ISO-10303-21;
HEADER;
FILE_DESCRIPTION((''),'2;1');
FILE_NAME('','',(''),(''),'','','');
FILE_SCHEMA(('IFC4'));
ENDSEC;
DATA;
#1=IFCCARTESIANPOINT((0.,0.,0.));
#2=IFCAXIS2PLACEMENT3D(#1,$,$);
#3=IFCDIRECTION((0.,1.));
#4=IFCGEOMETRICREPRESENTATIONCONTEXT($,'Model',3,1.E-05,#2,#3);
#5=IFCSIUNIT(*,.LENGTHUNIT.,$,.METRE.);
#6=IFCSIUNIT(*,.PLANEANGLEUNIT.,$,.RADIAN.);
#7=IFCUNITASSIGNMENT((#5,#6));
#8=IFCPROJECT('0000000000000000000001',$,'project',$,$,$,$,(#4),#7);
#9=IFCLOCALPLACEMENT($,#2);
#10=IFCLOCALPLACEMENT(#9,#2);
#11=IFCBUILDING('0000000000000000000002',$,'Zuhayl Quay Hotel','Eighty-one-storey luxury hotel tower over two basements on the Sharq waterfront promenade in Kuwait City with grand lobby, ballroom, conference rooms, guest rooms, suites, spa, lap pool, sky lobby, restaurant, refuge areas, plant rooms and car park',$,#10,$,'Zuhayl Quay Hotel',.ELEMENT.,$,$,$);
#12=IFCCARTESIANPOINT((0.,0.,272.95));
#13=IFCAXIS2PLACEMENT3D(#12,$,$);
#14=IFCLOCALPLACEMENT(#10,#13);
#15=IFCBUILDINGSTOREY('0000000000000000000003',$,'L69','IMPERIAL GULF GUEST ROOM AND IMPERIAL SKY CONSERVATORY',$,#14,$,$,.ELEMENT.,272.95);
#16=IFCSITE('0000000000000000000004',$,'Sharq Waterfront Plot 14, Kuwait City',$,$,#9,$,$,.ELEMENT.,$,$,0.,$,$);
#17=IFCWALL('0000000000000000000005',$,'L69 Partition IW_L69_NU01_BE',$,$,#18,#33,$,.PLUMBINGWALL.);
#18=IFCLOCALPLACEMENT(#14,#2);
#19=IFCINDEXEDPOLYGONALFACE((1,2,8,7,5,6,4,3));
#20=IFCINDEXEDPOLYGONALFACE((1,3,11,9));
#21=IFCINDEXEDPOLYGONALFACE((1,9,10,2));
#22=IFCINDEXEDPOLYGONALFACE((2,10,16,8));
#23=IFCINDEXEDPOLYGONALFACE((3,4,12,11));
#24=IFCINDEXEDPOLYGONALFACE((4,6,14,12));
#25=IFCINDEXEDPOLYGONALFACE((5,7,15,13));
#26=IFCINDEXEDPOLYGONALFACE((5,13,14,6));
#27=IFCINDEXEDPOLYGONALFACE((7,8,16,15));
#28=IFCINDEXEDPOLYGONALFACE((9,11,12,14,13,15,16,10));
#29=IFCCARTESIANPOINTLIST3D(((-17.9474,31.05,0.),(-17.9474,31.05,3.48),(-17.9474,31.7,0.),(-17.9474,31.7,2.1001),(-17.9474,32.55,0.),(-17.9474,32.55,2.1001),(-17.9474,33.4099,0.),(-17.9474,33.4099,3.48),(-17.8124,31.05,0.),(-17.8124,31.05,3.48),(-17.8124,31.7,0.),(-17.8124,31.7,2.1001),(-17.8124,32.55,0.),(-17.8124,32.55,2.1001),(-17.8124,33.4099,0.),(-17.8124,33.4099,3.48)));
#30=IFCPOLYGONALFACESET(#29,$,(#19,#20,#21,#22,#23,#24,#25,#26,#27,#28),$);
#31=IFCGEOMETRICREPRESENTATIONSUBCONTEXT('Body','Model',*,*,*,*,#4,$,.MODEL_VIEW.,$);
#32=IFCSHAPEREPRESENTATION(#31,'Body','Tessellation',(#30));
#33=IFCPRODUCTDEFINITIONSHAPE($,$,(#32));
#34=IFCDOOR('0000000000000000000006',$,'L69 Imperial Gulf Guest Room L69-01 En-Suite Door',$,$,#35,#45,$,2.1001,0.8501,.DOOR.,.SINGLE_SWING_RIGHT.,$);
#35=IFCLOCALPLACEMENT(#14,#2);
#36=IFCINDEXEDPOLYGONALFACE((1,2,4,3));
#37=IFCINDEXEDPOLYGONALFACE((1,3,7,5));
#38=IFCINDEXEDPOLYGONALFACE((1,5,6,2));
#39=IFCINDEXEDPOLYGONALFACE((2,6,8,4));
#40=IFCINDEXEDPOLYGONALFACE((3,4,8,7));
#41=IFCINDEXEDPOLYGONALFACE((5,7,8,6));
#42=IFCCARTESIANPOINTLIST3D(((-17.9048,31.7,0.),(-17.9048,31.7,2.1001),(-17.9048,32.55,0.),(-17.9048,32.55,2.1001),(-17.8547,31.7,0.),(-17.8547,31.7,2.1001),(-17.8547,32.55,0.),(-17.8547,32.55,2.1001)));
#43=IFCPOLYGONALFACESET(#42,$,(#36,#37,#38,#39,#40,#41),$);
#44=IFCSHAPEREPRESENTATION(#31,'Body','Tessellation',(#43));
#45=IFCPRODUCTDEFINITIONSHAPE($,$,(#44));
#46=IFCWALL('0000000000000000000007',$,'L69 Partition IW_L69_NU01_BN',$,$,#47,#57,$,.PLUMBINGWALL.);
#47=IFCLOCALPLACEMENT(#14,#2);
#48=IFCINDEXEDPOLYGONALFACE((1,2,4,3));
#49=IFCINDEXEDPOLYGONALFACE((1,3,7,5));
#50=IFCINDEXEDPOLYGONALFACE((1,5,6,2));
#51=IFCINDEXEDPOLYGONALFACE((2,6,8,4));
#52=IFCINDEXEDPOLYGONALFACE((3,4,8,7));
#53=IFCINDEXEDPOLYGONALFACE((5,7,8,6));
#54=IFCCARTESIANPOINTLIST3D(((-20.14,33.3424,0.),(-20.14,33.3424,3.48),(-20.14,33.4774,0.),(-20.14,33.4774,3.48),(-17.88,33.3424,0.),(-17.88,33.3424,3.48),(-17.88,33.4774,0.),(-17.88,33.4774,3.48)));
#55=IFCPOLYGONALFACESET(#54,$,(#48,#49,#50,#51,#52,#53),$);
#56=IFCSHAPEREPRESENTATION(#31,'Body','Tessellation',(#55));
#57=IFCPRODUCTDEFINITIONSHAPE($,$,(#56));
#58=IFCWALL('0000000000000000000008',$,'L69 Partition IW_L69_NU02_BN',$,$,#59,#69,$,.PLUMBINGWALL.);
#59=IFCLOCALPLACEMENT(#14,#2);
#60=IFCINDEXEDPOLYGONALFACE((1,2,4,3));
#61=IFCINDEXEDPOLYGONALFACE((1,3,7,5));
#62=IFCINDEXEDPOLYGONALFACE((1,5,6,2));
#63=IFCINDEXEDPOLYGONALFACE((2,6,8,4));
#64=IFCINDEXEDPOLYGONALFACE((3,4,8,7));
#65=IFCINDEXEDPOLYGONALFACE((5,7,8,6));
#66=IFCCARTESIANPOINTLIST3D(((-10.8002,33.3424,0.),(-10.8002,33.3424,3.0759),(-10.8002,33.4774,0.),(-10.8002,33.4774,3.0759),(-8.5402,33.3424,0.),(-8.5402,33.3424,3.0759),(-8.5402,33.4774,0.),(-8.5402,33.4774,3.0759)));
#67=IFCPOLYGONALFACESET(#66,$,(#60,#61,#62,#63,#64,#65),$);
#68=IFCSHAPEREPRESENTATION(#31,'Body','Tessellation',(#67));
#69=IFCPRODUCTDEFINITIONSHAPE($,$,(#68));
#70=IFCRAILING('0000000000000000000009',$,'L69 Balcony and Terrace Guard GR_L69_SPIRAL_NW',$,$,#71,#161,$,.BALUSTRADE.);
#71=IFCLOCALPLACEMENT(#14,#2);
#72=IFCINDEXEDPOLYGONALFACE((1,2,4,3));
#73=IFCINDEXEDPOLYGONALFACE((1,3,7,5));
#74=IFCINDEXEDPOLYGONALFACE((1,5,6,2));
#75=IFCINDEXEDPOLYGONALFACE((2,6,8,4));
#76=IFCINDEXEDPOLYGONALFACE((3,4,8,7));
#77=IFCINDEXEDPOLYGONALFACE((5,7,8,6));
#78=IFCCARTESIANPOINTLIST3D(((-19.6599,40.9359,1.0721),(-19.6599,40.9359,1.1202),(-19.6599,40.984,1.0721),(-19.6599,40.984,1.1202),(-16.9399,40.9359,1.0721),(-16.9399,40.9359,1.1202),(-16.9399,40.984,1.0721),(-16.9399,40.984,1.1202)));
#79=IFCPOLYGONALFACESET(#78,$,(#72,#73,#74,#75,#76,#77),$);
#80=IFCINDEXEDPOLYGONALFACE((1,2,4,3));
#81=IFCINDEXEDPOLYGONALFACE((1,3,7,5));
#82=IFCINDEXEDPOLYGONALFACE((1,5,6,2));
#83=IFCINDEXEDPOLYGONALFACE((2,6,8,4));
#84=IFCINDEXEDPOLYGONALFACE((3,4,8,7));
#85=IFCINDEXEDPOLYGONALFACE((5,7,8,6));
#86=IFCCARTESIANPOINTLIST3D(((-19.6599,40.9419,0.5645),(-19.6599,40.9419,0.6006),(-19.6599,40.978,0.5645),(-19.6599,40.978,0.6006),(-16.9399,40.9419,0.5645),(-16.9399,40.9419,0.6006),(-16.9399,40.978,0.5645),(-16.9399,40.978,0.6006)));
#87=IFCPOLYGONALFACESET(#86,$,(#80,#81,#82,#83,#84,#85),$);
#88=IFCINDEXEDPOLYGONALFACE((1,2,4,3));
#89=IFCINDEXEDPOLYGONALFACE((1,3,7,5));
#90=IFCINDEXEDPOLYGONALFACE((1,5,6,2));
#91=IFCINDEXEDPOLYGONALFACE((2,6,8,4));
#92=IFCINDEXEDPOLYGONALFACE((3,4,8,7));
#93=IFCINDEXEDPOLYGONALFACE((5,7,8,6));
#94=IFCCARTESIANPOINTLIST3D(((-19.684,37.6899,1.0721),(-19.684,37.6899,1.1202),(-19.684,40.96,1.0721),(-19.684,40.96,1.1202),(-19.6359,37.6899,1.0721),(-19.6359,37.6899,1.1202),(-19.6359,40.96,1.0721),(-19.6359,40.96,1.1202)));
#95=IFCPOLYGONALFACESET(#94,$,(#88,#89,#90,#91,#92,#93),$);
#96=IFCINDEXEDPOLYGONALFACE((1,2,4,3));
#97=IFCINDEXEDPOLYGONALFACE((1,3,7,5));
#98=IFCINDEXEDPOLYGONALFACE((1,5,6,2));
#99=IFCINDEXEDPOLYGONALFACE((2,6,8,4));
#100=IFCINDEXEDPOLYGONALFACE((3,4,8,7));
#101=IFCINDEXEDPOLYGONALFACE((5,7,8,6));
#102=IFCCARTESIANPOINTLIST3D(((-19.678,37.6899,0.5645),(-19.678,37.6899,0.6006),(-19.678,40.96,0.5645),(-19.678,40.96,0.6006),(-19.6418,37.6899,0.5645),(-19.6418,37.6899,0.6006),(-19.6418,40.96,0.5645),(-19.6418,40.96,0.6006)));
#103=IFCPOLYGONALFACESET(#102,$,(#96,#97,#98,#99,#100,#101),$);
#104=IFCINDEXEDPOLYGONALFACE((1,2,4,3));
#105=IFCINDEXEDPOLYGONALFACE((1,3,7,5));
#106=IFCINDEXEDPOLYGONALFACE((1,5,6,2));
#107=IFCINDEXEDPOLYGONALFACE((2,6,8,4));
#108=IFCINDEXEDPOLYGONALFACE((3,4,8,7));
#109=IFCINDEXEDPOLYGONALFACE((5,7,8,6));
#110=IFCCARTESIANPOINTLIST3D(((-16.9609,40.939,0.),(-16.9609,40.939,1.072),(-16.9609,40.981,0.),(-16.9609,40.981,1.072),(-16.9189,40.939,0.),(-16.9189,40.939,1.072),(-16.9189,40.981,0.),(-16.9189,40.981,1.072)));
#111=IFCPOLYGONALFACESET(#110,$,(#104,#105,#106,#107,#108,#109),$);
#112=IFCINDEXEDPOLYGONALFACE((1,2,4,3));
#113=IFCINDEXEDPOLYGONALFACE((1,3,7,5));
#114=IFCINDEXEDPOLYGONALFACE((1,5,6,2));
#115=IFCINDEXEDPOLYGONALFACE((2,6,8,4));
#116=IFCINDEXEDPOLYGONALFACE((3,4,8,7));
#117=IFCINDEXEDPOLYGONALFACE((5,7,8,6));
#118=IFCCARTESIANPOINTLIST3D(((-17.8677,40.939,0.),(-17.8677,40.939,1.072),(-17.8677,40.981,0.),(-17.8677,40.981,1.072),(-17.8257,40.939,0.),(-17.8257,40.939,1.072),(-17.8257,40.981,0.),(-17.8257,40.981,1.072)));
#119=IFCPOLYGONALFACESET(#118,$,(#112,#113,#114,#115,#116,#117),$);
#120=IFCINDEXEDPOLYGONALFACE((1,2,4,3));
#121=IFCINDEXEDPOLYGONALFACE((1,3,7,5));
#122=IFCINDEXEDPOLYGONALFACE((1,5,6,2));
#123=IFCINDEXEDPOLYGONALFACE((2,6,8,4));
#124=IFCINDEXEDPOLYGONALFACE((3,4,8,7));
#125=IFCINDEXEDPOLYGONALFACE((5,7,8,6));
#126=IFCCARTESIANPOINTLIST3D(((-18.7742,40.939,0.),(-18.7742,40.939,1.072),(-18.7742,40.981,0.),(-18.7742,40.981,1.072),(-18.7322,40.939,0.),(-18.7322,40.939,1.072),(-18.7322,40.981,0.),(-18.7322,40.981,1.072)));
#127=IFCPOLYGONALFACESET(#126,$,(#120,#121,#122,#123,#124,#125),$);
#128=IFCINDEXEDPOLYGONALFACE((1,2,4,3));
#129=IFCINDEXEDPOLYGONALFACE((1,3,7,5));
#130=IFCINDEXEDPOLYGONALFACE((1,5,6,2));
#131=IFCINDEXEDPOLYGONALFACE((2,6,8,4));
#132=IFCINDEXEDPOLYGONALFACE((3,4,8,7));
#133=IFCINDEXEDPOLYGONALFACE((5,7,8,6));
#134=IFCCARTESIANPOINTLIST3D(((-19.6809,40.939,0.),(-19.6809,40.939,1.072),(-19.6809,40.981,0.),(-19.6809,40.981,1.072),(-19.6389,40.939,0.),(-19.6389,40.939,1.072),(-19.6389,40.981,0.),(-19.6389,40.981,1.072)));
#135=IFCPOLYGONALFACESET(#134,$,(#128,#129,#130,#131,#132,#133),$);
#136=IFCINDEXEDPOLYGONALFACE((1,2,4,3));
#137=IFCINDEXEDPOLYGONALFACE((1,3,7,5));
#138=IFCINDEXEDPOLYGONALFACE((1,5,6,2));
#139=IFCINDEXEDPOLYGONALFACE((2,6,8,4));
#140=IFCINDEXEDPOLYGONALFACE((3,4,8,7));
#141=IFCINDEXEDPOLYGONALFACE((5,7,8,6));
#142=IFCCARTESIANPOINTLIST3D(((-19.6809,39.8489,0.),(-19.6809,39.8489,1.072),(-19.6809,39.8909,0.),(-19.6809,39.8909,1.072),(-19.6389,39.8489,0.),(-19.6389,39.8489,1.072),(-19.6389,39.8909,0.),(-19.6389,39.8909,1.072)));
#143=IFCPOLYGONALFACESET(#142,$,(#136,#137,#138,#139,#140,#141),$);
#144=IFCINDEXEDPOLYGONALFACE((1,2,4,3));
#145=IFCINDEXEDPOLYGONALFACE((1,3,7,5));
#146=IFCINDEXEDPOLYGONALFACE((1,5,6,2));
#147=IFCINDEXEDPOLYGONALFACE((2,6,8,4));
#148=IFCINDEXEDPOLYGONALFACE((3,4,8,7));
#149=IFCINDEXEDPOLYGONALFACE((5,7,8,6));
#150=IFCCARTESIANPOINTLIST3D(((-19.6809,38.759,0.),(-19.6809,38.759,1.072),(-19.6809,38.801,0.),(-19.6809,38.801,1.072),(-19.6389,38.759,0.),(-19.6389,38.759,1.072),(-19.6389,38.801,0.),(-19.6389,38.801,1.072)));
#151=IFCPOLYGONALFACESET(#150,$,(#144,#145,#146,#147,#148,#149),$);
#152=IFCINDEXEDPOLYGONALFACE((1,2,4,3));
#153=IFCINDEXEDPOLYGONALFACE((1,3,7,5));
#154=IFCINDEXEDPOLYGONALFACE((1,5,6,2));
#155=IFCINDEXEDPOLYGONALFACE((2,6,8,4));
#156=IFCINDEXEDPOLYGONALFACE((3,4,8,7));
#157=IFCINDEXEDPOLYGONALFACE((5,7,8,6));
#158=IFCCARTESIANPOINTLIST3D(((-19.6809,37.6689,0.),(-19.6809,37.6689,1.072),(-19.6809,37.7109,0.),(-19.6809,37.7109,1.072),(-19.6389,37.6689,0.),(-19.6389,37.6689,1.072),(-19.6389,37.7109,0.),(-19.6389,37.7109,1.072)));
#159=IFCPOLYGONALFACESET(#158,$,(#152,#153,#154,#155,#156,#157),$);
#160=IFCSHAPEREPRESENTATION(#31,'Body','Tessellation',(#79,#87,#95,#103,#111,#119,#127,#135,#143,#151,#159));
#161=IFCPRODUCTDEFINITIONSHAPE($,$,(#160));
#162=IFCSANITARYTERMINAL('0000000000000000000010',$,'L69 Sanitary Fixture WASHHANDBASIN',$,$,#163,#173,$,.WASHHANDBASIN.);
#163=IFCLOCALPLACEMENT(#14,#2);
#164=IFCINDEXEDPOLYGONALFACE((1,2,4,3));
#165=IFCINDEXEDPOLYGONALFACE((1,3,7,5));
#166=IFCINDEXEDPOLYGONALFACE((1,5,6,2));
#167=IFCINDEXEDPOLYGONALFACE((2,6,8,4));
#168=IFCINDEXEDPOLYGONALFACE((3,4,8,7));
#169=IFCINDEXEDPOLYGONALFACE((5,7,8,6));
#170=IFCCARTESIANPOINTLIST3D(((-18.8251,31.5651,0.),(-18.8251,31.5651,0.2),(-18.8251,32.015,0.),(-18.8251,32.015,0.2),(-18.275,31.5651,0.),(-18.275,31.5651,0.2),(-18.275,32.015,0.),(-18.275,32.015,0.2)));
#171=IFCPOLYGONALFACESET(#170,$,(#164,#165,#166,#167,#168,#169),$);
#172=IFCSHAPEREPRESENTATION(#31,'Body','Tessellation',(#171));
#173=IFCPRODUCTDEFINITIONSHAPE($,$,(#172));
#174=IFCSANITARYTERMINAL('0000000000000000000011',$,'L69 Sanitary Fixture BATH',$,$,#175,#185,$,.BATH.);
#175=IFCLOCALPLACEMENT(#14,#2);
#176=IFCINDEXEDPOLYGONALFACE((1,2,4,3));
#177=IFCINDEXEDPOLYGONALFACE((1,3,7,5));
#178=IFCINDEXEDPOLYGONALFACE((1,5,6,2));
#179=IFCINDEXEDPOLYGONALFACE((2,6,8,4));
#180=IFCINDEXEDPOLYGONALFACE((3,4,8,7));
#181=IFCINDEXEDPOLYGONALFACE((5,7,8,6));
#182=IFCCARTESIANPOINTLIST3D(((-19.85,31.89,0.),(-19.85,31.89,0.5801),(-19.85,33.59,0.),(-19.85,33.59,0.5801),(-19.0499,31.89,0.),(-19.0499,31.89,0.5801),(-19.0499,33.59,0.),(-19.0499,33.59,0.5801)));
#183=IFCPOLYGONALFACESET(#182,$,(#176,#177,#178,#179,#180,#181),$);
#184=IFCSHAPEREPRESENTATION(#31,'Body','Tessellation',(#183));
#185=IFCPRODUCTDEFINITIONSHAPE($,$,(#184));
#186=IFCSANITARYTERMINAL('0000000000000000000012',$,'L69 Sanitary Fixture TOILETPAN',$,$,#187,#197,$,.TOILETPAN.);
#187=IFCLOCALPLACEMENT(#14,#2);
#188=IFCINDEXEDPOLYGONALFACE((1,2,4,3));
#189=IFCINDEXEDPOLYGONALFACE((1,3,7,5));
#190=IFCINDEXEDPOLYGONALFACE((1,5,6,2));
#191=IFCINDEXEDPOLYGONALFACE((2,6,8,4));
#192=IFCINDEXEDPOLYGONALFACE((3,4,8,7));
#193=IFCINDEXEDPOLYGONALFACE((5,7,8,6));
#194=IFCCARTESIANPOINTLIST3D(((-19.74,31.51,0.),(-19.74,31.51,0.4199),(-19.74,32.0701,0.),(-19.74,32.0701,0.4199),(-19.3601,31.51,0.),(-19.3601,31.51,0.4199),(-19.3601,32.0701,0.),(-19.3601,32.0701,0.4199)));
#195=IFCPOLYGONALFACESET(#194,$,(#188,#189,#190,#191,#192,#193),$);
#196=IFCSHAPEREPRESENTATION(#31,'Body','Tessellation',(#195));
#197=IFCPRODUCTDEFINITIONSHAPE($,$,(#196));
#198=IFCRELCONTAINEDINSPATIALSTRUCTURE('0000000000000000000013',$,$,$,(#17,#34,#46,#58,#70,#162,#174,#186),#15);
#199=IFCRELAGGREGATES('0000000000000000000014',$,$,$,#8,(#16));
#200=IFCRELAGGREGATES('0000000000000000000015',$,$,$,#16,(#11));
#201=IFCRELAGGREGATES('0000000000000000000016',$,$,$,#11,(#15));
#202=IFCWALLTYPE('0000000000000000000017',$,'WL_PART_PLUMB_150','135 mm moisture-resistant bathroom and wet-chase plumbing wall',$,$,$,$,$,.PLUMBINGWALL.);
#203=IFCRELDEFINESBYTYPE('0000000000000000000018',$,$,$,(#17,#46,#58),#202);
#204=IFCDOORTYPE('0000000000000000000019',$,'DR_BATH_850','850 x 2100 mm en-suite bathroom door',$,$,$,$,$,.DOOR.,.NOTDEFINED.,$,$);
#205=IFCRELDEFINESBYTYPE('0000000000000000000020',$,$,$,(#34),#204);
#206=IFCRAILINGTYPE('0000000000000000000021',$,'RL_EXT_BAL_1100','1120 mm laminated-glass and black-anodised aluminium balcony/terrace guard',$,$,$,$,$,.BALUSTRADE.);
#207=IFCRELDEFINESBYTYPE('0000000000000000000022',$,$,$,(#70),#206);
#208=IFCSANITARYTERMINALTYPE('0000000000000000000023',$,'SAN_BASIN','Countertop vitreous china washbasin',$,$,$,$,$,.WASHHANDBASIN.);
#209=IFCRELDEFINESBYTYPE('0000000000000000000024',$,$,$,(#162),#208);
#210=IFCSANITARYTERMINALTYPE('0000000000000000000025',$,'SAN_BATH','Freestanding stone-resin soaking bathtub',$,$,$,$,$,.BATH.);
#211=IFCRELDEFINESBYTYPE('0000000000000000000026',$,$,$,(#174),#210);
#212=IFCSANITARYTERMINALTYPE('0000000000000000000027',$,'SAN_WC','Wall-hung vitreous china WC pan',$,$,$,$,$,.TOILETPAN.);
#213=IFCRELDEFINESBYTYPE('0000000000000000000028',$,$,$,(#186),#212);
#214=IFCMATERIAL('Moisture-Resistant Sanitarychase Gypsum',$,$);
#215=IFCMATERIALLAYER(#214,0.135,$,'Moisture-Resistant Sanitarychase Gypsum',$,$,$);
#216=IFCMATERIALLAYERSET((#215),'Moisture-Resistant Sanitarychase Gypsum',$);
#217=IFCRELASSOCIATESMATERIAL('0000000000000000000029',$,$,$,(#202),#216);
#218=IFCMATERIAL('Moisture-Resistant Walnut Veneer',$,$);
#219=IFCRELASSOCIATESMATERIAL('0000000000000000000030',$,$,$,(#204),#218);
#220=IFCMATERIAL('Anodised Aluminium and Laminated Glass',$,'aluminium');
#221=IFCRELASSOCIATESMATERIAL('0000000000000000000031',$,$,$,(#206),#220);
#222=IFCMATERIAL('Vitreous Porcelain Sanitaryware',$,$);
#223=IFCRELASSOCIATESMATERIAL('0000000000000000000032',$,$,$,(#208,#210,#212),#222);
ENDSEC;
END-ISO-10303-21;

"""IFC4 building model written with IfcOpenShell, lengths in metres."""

from ifc_helpers import new_model, si_unit, direction, frame, frame_2d, origin, origin_2d, place, context, subcontext, project, spatial, rectangle, extrude, material, layer, layer_set, type_object, element, fill, save


model = new_model("IFC4")

# Units and contexts
model_context = context("Model", 3, precision=1e-05, world=origin(), true_north=direction((0.0, 1.0)))
body_context = subcontext(model_context, "Body", "Model", "MODEL_VIEW")
ifc_project = project(units=[si_unit("LENGTHUNIT", "METRE"), si_unit("PLANEANGLEUNIT", "RADIAN")], contexts=[model_context])

# Site, building, storey
site_placement = place(None, origin())
site = spatial("IfcSite", under=ifc_project, at=site_placement, Name="Sharq Waterfront Plot 14, Kuwait City", CompositionType="ELEMENT", RefElevation=0.0)
building_placement = place(site_placement, origin())
building = spatial("IfcBuilding", under=site, at=building_placement, Name="Zuhayl Quay Hotel", Description="Eighty-one-storey luxury hotel tower over two basements on the Sharq waterfront promenade in Kuwait City with grand lobby, ballroom, conference rooms, guest rooms, suites, spa, lap pool, sky lobby, restaurant, refuge areas, plant rooms and car park", LongName="Zuhayl Quay Hotel", CompositionType="ELEMENT")
storey_placement = place(building_placement, frame((0.0, 0.0, 272.95)))
storey = spatial("IfcBuildingStorey", under=building, at=storey_placement, Name="L69", Description="IMPERIAL GULF GUEST ROOM AND IMPERIAL SKY CONSERVATORY", CompositionType="ELEMENT", Elevation=272.95)

# Wall, opening, door
ifc_material_1 = material(Name="Moisture-Resistant Sanitarychase Gypsum")
ifc_layer_1 = layer(ifc_material_1, 0.135, Name="Moisture-Resistant Sanitarychase Gypsum")
ifc_layer_set_1 = layer_set([ifc_layer_1], Name="Moisture-Resistant Sanitarychase Gypsum")
wall_type_1 = type_object("IfcWallType", Name="WL_PART_PLUMB_150", Description="135 mm moisture-resistant bathroom and wet-chase plumbing wall", PredefinedType="PLUMBINGWALL", material=ifc_layer_set_1)
wall_1_placement = place(storey_placement, frame((-17.8799, 31.05, 0.0), z_axis=(0.0, 0.0, 1.0), x_axis=(0.0, 1.0, 0.0)))
wall_1 = element("IfcWall", 1, at=wall_1_placement, inside=storey, type_object=wall_type_1, Name="L69 Partition IW_L69_NU01_BE", PredefinedType="PLUMBINGWALL", context=body_context, shape_type="SweptSolid", body=[
    extrude(rectangle(XDim=2.3599, YDim=0.135, at=frame_2d((1.1799, 0.0))), origin(), (0.0, 0.0, 1.0), 3.48),
])
opening_1_placement = place(wall_1_placement, frame((0.6499, 0.0, 0.0)))
opening_1 = element("IfcOpeningElement", 2, at=opening_1_placement, cuts=wall_1, PredefinedType="OPENING", context=body_context, shape_type="SweptSolid", body=[
    extrude(rectangle(XDim=0.8501, YDim=2.1001, at=frame_2d((0.425, 1.05))), frame((0.0, 0.0774, 0.0), z_axis=(0.0, -1.0, 0.0), x_axis=(1.0, 0.0, 0.0)), (0.0, 0.0, 1.0), 0.155),
])
ifc_material_2 = material(Name="Moisture-Resistant Walnut Veneer")
door_type_1 = type_object("IfcDoorType", Name="DR_BATH_850", Description="850 x 2100 mm en-suite bathroom door", OperationType="NOTDEFINED", PredefinedType="DOOR", material=ifc_material_2)
door_1_placement = place(opening_1_placement, origin())
door_1 = element("IfcDoor", 3, at=door_1_placement, inside=storey, type_object=door_type_1, Name="L69 Imperial Gulf Guest Room L69-01 En-Suite Door", OperationType="SINGLE_SWING_RIGHT", OverallHeight=2.1001, OverallWidth=0.8501, PredefinedType="DOOR", context=body_context, shape_type="SweptSolid", body=[
    extrude(rectangle(XDim=0.8501, YDim=2.1001, at=frame_2d((0.425, 1.05))), frame((0.0, 0.0249, 0.0), z_axis=(0.0, -1.0, 0.0), x_axis=(1.0, 0.0, 0.0)), (0.0, 0.0, 1.0), 0.05),
])
fill(opening_1, door_1)

# Walls
wall_2_placement = place(storey_placement, frame((-20.1399, 33.4099, 0.0), z_axis=(0.0, 0.0, 1.0), x_axis=(1.0, 0.0, 0.0)))
element("IfcWall", 4, at=wall_2_placement, inside=storey, type_object=wall_type_1, Name="L69 Partition IW_L69_NU01_BN", PredefinedType="PLUMBINGWALL", context=body_context, shape_type="SweptSolid", body=[
    extrude(rectangle(XDim=2.26, YDim=0.135, at=frame_2d((1.1299, 0.0))), origin(), (0.0, 0.0, 1.0), 3.48),
])
wall_3_placement = place(storey_placement, frame((-10.8, 33.4099, 0.0), z_axis=(0.0, 0.0, 1.0), x_axis=(1.0, 0.0, 0.0)))
element("IfcWall", 5, at=wall_3_placement, inside=storey, type_object=wall_type_1, Name="L69 Partition IW_L69_NU02_BN", PredefinedType="PLUMBINGWALL", context=body_context, shape_type="SweptSolid", body=[
    extrude(rectangle(XDim=2.26, YDim=0.135, at=frame_2d((1.1299, 0.0))), origin(), (0.0, 0.0, 1.0), 3.0759),
])

# Railing
ifc_material_3 = material(Name="Anodised Aluminium and Laminated Glass", Category="aluminium")
railing_type = type_object("IfcRailingType", Name="RL_EXT_BAL_1100", Description="1120 mm laminated-glass and black-anodised aluminium balcony/terrace guard", PredefinedType="BALUSTRADE", material=ifc_material_3)
railing_1_placement = place(storey_placement, frame((-16.9399, 40.96, 0.0)))
element("IfcRailing", 6, at=railing_1_placement, inside=storey, type_object=railing_type, Name="L69 Balcony and Terrace Guard GR_L69_SPIRAL_NW", PredefinedType="BALUSTRADE", context=body_context, shape_type="SweptSolid", body=[
    extrude(rectangle(XDim=0.0481, YDim=0.0481, at=origin_2d()), frame((0.0, 0.0, 1.0962), z_axis=(-1.0, 0.0, 0.0), x_axis=(0.0, -1.0, 0.0)), (0.0, 0.0, 1.0), 2.72),
    extrude(rectangle(XDim=0.0361, YDim=0.0361, at=origin_2d()), frame((0.0, 0.0, 0.5825), z_axis=(-1.0, 0.0, 0.0), x_axis=(0.0, -1.0, 0.0)), (0.0, 0.0, 1.0), 2.72),
    extrude(rectangle(XDim=0.0481, YDim=0.0481, at=origin_2d()), frame((-2.72, 0.0, 1.0962), z_axis=(0.0, -1.0, 0.0), x_axis=(1.0, 0.0, 0.0)), (0.0, 0.0, 1.0), 3.27),
    extrude(rectangle(XDim=0.0361, YDim=0.0361, at=origin_2d()), frame((-2.72, 0.0, 0.5825), z_axis=(0.0, -1.0, 0.0), x_axis=(1.0, 0.0, 0.0)), (0.0, 0.0, 1.0), 3.27),
    extrude(rectangle(XDim=0.042, YDim=0.042, at=origin_2d()), origin(), (0.0, 0.0, 1.0), 1.072),
    extrude(rectangle(XDim=0.042, YDim=0.042, at=origin_2d()), frame((-0.9067, 0.0, 0.0)), (0.0, 0.0, 1.0), 1.072),
    extrude(rectangle(XDim=0.042, YDim=0.042, at=origin_2d()), frame((-1.8132, 0.0, 0.0)), (0.0, 0.0, 1.0), 1.072),
    extrude(rectangle(XDim=0.042, YDim=0.042, at=origin_2d()), frame((-2.72, 0.0, 0.0)), (0.0, 0.0, 1.0), 1.072),
    extrude(rectangle(XDim=0.042, YDim=0.042, at=origin_2d()), frame((-2.72, -1.0901, 0.0)), (0.0, 0.0, 1.0), 1.072),
    extrude(rectangle(XDim=0.042, YDim=0.042, at=origin_2d()), frame((-2.72, -2.1799, 0.0)), (0.0, 0.0, 1.0), 1.072),
    extrude(rectangle(XDim=0.042, YDim=0.042, at=origin_2d()), frame((-2.72, -3.27, 0.0)), (0.0, 0.0, 1.0), 1.072),
])

# Sanitary terminals
ifc_material_4 = material(Name="Vitreous Porcelain Sanitaryware")
sanitary_terminal_type_1 = type_object("IfcSanitaryTerminalType", Name="SAN_BASIN", Description="Countertop vitreous china washbasin", PredefinedType="WASHHANDBASIN", material=ifc_material_4)
sanitary_terminal_1_placement = place(storey_placement, frame((-18.55, 31.79, 0.0), z_axis=(0.0, 0.0, 1.0), x_axis=(1.0, 0.0, 0.0)))
element("IfcSanitaryTerminal", 7, at=sanitary_terminal_1_placement, inside=storey, type_object=sanitary_terminal_type_1, Name="L69 Sanitary Fixture WASHHANDBASIN", PredefinedType="WASHHANDBASIN", context=body_context, shape_type="SweptSolid", body=[
    extrude(rectangle(XDim=0.55, YDim=0.45, at=origin_2d()), origin(), (0.0, 0.0, 1.0), 0.2),
])
sanitary_terminal_type_2 = type_object("IfcSanitaryTerminalType", Name="SAN_BATH", Description="Freestanding stone-resin soaking bathtub", PredefinedType="BATH", material=ifc_material_4)
sanitary_terminal_2_placement = place(storey_placement, frame((-19.45, 32.74, 0.0), z_axis=(0.0, 0.0, 1.0), x_axis=(1.0, 0.0, 0.0)))
element("IfcSanitaryTerminal", 8, at=sanitary_terminal_2_placement, inside=storey, type_object=sanitary_terminal_type_2, Name="L69 Sanitary Fixture BATH", PredefinedType="BATH", context=body_context, shape_type="SweptSolid", body=[
    extrude(rectangle(XDim=0.8, YDim=1.7, at=origin_2d()), origin(), (0.0, 0.0, 1.0), 0.5801),
])
sanitary_terminal_type_3 = type_object("IfcSanitaryTerminalType", Name="SAN_WC", Description="Wall-hung vitreous china WC pan", PredefinedType="TOILETPAN", material=ifc_material_4)
for number, where, z_axis, x_axis, name in (
    (9, (-19.55, 31.79, 0.0), (0.0, 0.0, 1.0), (1.0, 0.0, 0.0), "L69 Sanitary Fixture TOILETPAN"),
):
    element("IfcSanitaryTerminal", number, at=place(storey_placement, frame(where, z_axis=z_axis, x_axis=x_axis)), inside=storey, type_object=sanitary_terminal_type_3, Name=name, PredefinedType="TOILETPAN", context=body_context, shape_type="SweptSolid", body=[
        extrude(rectangle(XDim=0.3799, YDim=0.5601, at=origin_2d()), origin(), (0.0, 0.0, 1.0), 0.4199),
    ])

save(model, "model.ifc")
